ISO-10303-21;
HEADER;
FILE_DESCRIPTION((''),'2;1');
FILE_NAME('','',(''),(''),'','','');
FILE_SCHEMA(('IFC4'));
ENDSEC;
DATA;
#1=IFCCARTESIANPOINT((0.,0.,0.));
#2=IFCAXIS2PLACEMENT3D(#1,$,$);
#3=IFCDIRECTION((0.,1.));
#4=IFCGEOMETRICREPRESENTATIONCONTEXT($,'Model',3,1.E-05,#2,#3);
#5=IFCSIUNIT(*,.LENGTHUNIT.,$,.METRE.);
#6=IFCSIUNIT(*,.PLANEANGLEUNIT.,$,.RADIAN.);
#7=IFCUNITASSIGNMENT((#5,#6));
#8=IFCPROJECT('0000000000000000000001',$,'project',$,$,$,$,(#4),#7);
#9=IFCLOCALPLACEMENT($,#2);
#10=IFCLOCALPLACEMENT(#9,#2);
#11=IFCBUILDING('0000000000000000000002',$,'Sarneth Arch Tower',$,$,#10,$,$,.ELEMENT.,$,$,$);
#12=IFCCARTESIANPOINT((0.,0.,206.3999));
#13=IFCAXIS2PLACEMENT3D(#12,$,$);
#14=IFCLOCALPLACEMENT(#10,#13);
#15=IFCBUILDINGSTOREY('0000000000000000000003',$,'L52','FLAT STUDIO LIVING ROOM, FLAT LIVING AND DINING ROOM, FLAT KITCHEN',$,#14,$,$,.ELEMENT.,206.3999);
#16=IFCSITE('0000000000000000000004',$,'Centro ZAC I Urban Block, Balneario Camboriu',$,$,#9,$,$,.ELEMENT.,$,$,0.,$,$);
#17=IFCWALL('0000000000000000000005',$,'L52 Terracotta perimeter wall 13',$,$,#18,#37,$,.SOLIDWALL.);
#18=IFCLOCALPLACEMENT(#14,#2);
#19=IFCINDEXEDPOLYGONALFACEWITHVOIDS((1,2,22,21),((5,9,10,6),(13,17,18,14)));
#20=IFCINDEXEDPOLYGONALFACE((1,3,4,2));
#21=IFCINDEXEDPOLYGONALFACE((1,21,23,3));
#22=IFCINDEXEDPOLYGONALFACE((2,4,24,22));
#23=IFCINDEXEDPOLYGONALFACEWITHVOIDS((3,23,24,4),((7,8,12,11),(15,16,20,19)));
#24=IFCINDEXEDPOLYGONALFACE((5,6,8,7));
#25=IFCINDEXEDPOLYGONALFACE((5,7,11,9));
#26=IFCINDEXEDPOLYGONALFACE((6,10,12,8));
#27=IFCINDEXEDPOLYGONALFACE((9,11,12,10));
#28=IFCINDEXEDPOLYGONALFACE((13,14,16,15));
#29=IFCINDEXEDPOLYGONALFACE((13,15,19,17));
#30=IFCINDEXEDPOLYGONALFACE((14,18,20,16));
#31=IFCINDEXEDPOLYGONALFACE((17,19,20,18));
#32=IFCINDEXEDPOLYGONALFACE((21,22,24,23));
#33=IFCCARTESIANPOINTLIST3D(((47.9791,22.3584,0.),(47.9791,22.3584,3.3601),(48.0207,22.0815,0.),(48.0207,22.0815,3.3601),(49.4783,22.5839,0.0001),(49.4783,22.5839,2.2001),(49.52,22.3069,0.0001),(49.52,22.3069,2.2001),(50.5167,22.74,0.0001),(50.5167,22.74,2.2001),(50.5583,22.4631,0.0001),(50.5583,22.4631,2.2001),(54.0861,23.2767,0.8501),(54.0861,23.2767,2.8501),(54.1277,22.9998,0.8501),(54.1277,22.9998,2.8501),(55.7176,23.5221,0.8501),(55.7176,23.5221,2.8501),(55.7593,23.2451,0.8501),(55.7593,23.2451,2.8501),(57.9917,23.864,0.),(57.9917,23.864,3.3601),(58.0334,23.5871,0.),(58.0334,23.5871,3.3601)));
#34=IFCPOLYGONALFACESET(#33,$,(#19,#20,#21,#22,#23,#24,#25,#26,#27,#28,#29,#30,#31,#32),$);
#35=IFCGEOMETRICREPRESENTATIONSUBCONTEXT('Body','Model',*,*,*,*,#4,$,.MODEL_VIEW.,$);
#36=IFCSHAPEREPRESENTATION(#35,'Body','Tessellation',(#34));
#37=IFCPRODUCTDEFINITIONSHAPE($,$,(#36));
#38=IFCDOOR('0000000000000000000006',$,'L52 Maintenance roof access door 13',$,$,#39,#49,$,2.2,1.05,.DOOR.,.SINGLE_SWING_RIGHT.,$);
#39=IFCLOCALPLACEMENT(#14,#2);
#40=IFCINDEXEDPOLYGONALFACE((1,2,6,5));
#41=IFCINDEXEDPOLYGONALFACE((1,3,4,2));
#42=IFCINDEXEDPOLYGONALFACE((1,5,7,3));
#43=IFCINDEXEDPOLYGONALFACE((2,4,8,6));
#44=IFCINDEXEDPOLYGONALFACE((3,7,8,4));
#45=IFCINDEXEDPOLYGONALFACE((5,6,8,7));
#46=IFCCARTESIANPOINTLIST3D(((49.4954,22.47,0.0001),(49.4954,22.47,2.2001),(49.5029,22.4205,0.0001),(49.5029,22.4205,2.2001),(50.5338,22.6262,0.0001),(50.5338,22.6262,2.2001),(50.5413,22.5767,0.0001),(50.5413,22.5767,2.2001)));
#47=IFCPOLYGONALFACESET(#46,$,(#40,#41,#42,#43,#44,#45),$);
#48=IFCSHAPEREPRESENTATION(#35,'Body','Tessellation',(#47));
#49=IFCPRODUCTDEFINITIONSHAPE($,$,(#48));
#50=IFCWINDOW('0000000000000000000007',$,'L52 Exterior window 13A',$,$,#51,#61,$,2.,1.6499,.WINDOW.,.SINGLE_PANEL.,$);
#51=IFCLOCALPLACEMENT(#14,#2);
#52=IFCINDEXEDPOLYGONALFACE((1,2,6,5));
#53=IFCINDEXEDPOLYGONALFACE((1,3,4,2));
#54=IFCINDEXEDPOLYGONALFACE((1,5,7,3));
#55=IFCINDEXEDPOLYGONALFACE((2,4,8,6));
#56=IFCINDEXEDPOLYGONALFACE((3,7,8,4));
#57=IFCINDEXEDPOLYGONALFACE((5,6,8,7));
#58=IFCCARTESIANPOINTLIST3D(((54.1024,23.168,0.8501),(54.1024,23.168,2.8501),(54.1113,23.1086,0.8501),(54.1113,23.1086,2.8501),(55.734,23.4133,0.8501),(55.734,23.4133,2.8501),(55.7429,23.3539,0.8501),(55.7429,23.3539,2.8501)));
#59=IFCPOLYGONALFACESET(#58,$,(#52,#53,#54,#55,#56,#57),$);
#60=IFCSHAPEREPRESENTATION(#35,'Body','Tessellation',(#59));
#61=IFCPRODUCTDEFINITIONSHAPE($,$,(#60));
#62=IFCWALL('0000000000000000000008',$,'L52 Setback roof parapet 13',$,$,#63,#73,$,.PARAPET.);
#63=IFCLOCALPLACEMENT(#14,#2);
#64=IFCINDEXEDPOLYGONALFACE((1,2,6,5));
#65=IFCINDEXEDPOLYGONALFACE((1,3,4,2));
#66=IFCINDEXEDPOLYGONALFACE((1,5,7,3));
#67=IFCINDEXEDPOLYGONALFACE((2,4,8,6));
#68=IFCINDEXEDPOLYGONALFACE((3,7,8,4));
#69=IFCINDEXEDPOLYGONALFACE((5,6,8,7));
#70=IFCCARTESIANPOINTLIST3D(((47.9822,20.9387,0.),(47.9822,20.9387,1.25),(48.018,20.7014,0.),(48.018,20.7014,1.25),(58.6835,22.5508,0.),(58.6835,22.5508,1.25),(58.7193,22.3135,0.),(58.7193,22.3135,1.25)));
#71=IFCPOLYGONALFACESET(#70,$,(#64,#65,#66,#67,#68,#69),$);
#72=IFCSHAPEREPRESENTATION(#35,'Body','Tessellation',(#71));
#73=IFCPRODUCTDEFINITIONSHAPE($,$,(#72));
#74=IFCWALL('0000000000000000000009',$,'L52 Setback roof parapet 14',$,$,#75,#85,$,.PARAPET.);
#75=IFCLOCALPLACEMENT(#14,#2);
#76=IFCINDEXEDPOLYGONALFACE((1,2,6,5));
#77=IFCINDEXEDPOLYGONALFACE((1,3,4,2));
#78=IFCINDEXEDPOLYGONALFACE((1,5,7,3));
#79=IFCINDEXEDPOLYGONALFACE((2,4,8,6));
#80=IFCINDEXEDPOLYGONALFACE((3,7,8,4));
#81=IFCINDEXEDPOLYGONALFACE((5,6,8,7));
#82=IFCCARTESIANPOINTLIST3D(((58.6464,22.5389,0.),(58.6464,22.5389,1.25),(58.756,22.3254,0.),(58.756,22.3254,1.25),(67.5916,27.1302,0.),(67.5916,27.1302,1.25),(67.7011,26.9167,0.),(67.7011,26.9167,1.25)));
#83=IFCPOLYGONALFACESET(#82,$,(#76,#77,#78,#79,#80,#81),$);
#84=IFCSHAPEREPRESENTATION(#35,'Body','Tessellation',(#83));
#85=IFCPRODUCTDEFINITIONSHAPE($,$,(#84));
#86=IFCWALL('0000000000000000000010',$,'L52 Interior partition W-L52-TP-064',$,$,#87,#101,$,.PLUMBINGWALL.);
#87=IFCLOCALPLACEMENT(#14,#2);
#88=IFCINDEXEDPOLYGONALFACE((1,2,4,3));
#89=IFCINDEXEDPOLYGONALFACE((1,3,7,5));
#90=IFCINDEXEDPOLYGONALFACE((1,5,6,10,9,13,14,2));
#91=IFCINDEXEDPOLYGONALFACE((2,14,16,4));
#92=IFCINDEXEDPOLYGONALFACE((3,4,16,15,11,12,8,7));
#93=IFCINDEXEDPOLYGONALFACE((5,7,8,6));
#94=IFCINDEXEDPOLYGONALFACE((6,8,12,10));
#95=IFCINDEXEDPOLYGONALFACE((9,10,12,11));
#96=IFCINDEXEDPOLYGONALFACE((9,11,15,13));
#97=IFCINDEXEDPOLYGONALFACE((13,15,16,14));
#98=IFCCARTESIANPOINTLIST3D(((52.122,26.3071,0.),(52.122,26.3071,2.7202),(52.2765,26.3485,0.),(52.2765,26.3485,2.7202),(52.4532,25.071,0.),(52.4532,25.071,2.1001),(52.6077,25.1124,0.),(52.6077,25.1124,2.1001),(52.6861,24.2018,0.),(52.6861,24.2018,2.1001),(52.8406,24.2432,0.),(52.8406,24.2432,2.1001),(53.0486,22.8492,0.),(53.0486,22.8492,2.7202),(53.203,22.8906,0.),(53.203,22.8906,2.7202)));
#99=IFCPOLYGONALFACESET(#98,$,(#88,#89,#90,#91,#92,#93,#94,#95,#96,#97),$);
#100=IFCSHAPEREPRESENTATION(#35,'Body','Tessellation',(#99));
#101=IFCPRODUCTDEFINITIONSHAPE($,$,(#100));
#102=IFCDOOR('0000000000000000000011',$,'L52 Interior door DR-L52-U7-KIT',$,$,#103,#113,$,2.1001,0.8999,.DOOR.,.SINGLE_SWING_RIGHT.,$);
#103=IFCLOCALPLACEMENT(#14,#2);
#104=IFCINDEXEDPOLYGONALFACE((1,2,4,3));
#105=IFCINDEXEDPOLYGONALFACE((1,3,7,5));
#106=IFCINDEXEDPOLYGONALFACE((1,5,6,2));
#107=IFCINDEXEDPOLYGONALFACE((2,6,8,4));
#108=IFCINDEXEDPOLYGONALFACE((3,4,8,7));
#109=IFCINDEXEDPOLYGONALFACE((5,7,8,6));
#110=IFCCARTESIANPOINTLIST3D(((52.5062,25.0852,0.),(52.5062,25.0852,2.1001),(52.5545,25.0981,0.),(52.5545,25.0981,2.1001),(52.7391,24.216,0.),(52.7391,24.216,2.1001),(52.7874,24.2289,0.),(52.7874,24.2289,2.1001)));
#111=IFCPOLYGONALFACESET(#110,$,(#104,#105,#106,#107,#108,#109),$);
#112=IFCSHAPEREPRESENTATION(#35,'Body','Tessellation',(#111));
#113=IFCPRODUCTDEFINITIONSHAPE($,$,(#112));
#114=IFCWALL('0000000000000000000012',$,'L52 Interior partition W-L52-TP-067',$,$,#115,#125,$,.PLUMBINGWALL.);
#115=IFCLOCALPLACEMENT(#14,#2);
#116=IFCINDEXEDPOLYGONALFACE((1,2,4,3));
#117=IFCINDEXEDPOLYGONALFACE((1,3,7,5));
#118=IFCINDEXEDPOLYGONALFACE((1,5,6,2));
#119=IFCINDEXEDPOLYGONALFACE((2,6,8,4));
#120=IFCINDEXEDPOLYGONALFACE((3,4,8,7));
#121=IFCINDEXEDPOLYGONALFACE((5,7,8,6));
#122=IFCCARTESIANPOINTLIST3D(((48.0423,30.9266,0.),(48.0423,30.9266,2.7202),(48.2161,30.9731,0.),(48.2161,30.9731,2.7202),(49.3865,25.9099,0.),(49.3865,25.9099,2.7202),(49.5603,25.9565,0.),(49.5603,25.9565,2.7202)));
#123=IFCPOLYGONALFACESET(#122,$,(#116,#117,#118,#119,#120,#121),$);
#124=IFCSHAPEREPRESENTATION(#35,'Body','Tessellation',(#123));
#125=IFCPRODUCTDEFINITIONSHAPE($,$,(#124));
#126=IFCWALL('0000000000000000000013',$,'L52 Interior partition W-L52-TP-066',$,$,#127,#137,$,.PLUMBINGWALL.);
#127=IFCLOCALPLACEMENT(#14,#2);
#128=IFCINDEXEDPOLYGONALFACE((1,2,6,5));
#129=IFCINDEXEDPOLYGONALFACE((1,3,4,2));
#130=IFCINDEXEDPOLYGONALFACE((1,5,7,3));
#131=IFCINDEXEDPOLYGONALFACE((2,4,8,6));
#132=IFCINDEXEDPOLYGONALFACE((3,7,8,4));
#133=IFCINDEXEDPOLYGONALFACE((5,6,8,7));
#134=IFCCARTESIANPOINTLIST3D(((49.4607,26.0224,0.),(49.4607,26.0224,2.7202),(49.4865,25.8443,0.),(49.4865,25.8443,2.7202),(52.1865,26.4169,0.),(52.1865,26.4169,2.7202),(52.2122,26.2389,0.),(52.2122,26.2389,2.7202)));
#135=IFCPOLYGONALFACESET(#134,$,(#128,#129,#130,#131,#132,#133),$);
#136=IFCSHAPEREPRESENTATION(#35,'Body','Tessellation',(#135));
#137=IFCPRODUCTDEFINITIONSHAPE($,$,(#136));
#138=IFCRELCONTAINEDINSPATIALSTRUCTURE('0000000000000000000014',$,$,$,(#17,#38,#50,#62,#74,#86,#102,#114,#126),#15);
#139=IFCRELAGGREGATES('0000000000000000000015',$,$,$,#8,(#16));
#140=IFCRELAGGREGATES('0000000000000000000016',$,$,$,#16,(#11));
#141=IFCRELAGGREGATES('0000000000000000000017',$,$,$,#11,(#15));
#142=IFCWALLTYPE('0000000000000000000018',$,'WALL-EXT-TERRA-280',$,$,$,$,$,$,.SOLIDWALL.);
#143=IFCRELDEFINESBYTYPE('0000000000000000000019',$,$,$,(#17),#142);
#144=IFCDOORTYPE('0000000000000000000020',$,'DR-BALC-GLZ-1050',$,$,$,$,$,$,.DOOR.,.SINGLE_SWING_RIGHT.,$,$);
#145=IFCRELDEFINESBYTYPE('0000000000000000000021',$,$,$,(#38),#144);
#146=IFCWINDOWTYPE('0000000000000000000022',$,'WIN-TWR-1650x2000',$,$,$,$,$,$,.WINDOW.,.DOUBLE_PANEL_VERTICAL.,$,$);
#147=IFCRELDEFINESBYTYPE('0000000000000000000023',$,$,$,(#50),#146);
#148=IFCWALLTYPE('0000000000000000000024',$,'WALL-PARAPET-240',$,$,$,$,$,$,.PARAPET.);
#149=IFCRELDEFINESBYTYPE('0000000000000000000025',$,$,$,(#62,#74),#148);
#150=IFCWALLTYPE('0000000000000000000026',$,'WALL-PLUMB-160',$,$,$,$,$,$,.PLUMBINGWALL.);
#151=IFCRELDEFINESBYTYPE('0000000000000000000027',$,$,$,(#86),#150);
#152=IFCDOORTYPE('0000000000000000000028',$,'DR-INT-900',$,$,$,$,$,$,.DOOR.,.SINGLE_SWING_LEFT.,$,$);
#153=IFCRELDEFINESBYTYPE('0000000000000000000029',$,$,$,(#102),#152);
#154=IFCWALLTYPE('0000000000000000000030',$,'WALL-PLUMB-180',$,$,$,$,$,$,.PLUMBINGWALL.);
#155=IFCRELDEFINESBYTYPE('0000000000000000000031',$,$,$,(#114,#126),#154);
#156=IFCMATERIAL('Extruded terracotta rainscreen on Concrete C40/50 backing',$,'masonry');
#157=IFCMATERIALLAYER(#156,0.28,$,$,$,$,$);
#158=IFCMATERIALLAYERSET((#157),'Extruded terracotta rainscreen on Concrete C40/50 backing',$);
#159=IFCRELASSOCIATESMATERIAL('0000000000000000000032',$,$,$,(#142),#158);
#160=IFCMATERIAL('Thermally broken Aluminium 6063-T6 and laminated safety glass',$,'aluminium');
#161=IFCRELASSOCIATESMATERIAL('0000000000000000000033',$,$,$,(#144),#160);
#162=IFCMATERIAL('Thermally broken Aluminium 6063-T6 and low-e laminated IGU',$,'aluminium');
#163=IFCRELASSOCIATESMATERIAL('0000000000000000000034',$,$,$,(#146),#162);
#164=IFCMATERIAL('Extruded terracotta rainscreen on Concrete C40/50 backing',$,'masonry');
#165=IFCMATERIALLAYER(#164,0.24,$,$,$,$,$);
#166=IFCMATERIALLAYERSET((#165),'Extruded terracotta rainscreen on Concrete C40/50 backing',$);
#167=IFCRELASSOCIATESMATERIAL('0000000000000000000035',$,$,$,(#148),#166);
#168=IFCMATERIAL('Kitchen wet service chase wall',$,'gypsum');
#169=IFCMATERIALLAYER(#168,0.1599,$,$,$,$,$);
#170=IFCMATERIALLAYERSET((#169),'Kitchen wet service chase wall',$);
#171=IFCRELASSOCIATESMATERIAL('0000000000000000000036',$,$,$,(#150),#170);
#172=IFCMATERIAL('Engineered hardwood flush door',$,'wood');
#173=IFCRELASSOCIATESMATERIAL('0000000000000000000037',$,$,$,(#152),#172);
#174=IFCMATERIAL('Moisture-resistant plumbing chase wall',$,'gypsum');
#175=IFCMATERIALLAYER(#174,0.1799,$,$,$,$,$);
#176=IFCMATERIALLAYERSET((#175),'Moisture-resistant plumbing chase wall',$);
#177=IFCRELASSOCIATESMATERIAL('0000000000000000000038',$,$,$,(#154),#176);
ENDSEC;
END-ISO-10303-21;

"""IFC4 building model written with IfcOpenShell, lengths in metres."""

from ifc_helpers import new_model, si_unit, direction, frame, frame_2d, origin, place, context, subcontext, project, spatial, rectangle, extrude, material, layer, layer_set, type_object, element, fill, save


model = new_model("IFC4")

# Units and contexts
model_context = context("Model", 3, precision=1e-05, world=origin(), true_north=direction((0.0, 1.0)))
body_context = subcontext(model_context, "Body", "Model", "MODEL_VIEW")
ifc_project = project(units=[si_unit("LENGTHUNIT", "METRE"), si_unit("PLANEANGLEUNIT", "RADIAN")], contexts=[model_context])

# Site, building, storey
site_placement = place(None, origin())
site = spatial("IfcSite", under=ifc_project, at=site_placement, Name="Centro ZAC I Urban Block, Balneario Camboriu", CompositionType="ELEMENT", RefElevation=0.0)
building_placement = place(site_placement, origin())
building = spatial("IfcBuilding", under=site, at=building_placement, Name="Sarneth Arch Tower", CompositionType="ELEMENT")
storey_placement = place(building_placement, frame((0.0, 0.0, 206.3999)))
storey = spatial("IfcBuildingStorey", under=building, at=storey_placement, Name="L52", Description="FLAT STUDIO LIVING ROOM, FLAT LIVING AND DINING ROOM, FLAT KITCHEN", CompositionType="ELEMENT", Elevation=206.3999)

# Wall, openings, door, window
ifc_material_1 = material(Name="Extruded terracotta rainscreen on Concrete C40/50 backing", Category="masonry")
ifc_layer_1 = layer(ifc_material_1, 0.28)
ifc_layer_set_1 = layer_set([ifc_layer_1], Name="Extruded terracotta rainscreen on Concrete C40/50 backing")
wall_type_1 = type_object("IfcWallType", Name="WALL-EXT-TERRA-280", PredefinedType="SOLIDWALL", material=ifc_layer_set_1)
wall_1_placement = place(storey_placement, frame((48.0, 22.22, 0.0), z_axis=(0.0, 0.0, 1.0), x_axis=(0.988883, 0.148699, 0.0)))
wall_1 = element("IfcWall", 1, at=wall_1_placement, inside=storey, type_object=wall_type_1, Name="L52 Terracotta perimeter wall 13", PredefinedType="SOLIDWALL", context=body_context, shape_type="SweptSolid", body=[
    extrude(rectangle(XDim=10.1252, YDim=0.28, at=frame_2d((5.0625, 0.0))), origin(), (0.0, 0.0, 1.0), 3.3601),
])
opening_1_placement = place(wall_1_placement, frame((1.5161, 0.0, 0.0)))
opening_1 = element("IfcOpeningElement", 2, at=opening_1_placement, cuts=wall_1, PredefinedType="OPENING", context=body_context, shape_type="SweptSolid", body=[
    extrude(rectangle(XDim=1.05, YDim=2.2, at=frame_2d((0.5249, 1.1001))), frame((0.0, 0.1499, 0.0), z_axis=(0.0, -1.0, 0.0), x_axis=(1.0, 0.0, 0.0)), (0.0, 0.0, 1.0), 0.3),
])
opening_2_placement = place(wall_1_placement, frame((6.1755, 0.0, 0.8501)))
opening_2 = element("IfcOpeningElement", 3, at=opening_2_placement, cuts=wall_1, PredefinedType="OPENING", context=body_context, shape_type="SweptSolid", body=[
    extrude(rectangle(XDim=1.6499, YDim=2.0, at=frame_2d((0.825, 1.0))), frame((0.0, 0.1499, 0.0), z_axis=(0.0, -1.0, 0.0), x_axis=(1.0, 0.0, 0.0)), (0.0, 0.0, 1.0), 0.3),
])
ifc_material_2 = material(Name="Thermally broken Aluminium 6063-T6 and laminated safety glass", Category="aluminium")
door_type_1 = type_object("IfcDoorType", Name="DR-BALC-GLZ-1050", OperationType="SINGLE_SWING_RIGHT", PredefinedType="DOOR", material=ifc_material_2)
door_1_placement = place(opening_1_placement, origin())
door_1 = element("IfcDoor", 4, at=door_1_placement, inside=storey, type_object=door_type_1, Name="L52 Maintenance roof access door 13", OperationType="SINGLE_SWING_RIGHT", OverallHeight=2.2, OverallWidth=1.05, PredefinedType="DOOR", context=body_context, shape_type="SweptSolid", body=[
    extrude(rectangle(XDim=1.05, YDim=2.2, at=frame_2d((0.5249, 1.1001))), frame((0.0, 0.0249, 0.0), z_axis=(0.0, -1.0, 0.0), x_axis=(1.0, 0.0, 0.0)), (0.0, 0.0, 1.0), 0.05),
])
fill(opening_1, door_1)
ifc_material_3 = material(Name="Thermally broken Aluminium 6063-T6 and low-e laminated IGU", Category="aluminium")
window_type = type_object("IfcWindowType", Name="WIN-TWR-1650x2000", PartitioningType="DOUBLE_PANEL_VERTICAL", PredefinedType="WINDOW", material=ifc_material_3)
window_placement = place(opening_2_placement, origin())
window = element("IfcWindow", 5, at=window_placement, inside=storey, type_object=window_type, Name="L52 Exterior window 13A", OverallHeight=2.0, OverallWidth=1.6499, PartitioningType="SINGLE_PANEL", PredefinedType="WINDOW", context=body_context, shape_type="SweptSolid", body=[
    extrude(rectangle(XDim=1.6499, YDim=2.0, at=frame_2d((0.825, 1.0))), frame((0.0, 0.03, 0.0), z_axis=(0.0, -1.0, 0.0), x_axis=(1.0, 0.0, 0.0)), (0.0, 0.0, 1.0), 0.0601),
])
fill(opening_2, window)

# Walls
ifc_material_4 = material(Name="Extruded terracotta rainscreen on Concrete C40/50 backing", Category="masonry")
ifc_layer_2 = layer(ifc_material_4, 0.24)
ifc_layer_set_2 = layer_set([ifc_layer_2], Name="Extruded terracotta rainscreen on Concrete C40/50 backing")
wall_type_2 = type_object("IfcWallType", Name="WALL-PARAPET-240", PredefinedType="PARAPET", material=ifc_layer_set_2)
wall_2_placement = place(storey_placement, frame((48.0, 20.8201, 0.0), z_axis=(0.0, 0.0, 1.0), x_axis=(0.988843, 0.148963, 0.0)))
element("IfcWall", 6, at=wall_2_placement, inside=storey, type_object=wall_type_2, Name="L52 Setback roof parapet 13", PredefinedType="PARAPET", context=body_context, shape_type="SweptSolid", body=[
    extrude(rectangle(XDim=10.822, YDim=0.24, at=frame_2d((5.4111, 0.0))), origin(), (0.0, 0.0, 1.0), 1.25),
])
wall_3_placement = place(storey_placement, frame((58.7012, 22.4321, 0.0), z_axis=(0.0, 0.0, 1.0), x_axis=(0.889652, 0.456639, 0.0)))
element("IfcWall", 7, at=wall_3_placement, inside=storey, type_object=wall_type_2, Name="L52 Setback roof parapet 14", PredefinedType="PARAPET", context=body_context, shape_type="SweptSolid", body=[
    extrude(rectangle(XDim=10.0547, YDim=0.24, at=frame_2d((5.0273, 0.0))), origin(), (0.0, 0.0, 1.0), 1.25),
])

# Wall, opening, door
ifc_material_5 = material(Name="Kitchen wet service chase wall", Category="gypsum")
ifc_layer_3 = layer(ifc_material_5, 0.1599)
ifc_layer_set_3 = layer_set([ifc_layer_3], Name="Kitchen wet service chase wall")
wall_type_3 = type_object("IfcWallType", Name="WALL-PLUMB-160", PredefinedType="PLUMBINGWALL", material=ifc_layer_set_3)
wall_4_placement = place(storey_placement, frame((52.1992, 26.3279, 0.0), z_axis=(0.0, 0.0, 1.0), x_axis=(0.258821, -0.965925, 0.0)))
wall_4 = element("IfcWall", 8, at=wall_4_placement, inside=storey, type_object=wall_type_3, Name="L52 Interior partition W-L52-TP-064", PredefinedType="PLUMBINGWALL", context=body_context, shape_type="SweptSolid", body=[
    extrude(rectangle(XDim=3.5798, YDim=0.1599, at=frame_2d((1.79, 0.0))), origin(), (0.0, 0.0, 1.0), 2.7202),
])
opening_3_placement = place(wall_4_placement, frame((1.2798, 0.0, 0.0)))
opening_3 = element("IfcOpeningElement", 9, at=opening_3_placement, cuts=wall_4, PredefinedType="OPENING", context=body_context, shape_type="SweptSolid", body=[
    extrude(rectangle(XDim=0.8999, YDim=2.1001, at=frame_2d((0.45, 1.05))), frame((0.0, 0.0898, 0.0), z_axis=(0.0, -1.0, 0.0), x_axis=(1.0, 0.0, 0.0)), (0.0, 0.0, 1.0), 0.1799),
])
ifc_material_6 = material(Name="Engineered hardwood flush door", Category="wood")
door_type_2 = type_object("IfcDoorType", Name="DR-INT-900", OperationType="SINGLE_SWING_LEFT", PredefinedType="DOOR", material=ifc_material_6)
door_2_placement = place(opening_3_placement, origin())
door_2 = element("IfcDoor", 10, at=door_2_placement, inside=storey, type_object=door_type_2, Name="L52 Interior door DR-L52-U7-KIT", OperationType="SINGLE_SWING_RIGHT", OverallHeight=2.1001, OverallWidth=0.8999, PredefinedType="DOOR", context=body_context, shape_type="SweptSolid", body=[
    extrude(rectangle(XDim=0.8999, YDim=2.1001, at=frame_2d((0.45, 1.05))), frame((0.0, 0.0249, 0.0), z_axis=(0.0, -1.0, 0.0), x_axis=(1.0, 0.0, 0.0)), (0.0, 0.0, 1.0), 0.05),
])
fill(opening_3, door_2)

# Walls
ifc_material_7 = material(Name="Moisture-resistant plumbing chase wall", Category="gypsum")
ifc_layer_4 = layer(ifc_material_7, 0.1799)
ifc_layer_set_4 = layer_set([ifc_layer_4], Name="Moisture-resistant plumbing chase wall")
wall_type_4 = type_object("IfcWallType", Name="WALL-PLUMB-180", PredefinedType="PLUMBINGWALL", material=ifc_layer_set_4)
wall_5_placement = place(storey_placement, frame((49.4734, 25.9333, 0.0), z_axis=(0.0, 0.0, 1.0), x_axis=(-0.258827, 0.965924, 0.0)))
element("IfcWall", 11, at=wall_5_placement, inside=storey, type_object=wall_type_4, Name="L52 Interior partition W-L52-TP-067", PredefinedType="PLUMBINGWALL", context=body_context, shape_type="SweptSolid", body=[
    extrude(rectangle(XDim=5.1936, YDim=0.1799, at=frame_2d((2.5967, 0.0))), origin(), (0.0, 0.0, 1.0), 2.7202),
])
wall_6_placement = place(storey_placement, frame((52.1992, 26.3279, 0.0), z_axis=(0.0, 0.0, 1.0), x_axis=(-0.989687, -0.143245, 0.0)))
element("IfcWall", 12, at=wall_6_placement, inside=storey, type_object=wall_type_4, Name="L52 Interior partition W-L52-TP-066", PredefinedType="PLUMBINGWALL", context=body_context, shape_type="SweptSolid", body=[
    extrude(rectangle(XDim=2.7542, YDim=0.1799, at=frame_2d((1.377, 0.0))), origin(), (0.0, 0.0, 1.0), 2.7202),
])

save(model, "model.ifc")
